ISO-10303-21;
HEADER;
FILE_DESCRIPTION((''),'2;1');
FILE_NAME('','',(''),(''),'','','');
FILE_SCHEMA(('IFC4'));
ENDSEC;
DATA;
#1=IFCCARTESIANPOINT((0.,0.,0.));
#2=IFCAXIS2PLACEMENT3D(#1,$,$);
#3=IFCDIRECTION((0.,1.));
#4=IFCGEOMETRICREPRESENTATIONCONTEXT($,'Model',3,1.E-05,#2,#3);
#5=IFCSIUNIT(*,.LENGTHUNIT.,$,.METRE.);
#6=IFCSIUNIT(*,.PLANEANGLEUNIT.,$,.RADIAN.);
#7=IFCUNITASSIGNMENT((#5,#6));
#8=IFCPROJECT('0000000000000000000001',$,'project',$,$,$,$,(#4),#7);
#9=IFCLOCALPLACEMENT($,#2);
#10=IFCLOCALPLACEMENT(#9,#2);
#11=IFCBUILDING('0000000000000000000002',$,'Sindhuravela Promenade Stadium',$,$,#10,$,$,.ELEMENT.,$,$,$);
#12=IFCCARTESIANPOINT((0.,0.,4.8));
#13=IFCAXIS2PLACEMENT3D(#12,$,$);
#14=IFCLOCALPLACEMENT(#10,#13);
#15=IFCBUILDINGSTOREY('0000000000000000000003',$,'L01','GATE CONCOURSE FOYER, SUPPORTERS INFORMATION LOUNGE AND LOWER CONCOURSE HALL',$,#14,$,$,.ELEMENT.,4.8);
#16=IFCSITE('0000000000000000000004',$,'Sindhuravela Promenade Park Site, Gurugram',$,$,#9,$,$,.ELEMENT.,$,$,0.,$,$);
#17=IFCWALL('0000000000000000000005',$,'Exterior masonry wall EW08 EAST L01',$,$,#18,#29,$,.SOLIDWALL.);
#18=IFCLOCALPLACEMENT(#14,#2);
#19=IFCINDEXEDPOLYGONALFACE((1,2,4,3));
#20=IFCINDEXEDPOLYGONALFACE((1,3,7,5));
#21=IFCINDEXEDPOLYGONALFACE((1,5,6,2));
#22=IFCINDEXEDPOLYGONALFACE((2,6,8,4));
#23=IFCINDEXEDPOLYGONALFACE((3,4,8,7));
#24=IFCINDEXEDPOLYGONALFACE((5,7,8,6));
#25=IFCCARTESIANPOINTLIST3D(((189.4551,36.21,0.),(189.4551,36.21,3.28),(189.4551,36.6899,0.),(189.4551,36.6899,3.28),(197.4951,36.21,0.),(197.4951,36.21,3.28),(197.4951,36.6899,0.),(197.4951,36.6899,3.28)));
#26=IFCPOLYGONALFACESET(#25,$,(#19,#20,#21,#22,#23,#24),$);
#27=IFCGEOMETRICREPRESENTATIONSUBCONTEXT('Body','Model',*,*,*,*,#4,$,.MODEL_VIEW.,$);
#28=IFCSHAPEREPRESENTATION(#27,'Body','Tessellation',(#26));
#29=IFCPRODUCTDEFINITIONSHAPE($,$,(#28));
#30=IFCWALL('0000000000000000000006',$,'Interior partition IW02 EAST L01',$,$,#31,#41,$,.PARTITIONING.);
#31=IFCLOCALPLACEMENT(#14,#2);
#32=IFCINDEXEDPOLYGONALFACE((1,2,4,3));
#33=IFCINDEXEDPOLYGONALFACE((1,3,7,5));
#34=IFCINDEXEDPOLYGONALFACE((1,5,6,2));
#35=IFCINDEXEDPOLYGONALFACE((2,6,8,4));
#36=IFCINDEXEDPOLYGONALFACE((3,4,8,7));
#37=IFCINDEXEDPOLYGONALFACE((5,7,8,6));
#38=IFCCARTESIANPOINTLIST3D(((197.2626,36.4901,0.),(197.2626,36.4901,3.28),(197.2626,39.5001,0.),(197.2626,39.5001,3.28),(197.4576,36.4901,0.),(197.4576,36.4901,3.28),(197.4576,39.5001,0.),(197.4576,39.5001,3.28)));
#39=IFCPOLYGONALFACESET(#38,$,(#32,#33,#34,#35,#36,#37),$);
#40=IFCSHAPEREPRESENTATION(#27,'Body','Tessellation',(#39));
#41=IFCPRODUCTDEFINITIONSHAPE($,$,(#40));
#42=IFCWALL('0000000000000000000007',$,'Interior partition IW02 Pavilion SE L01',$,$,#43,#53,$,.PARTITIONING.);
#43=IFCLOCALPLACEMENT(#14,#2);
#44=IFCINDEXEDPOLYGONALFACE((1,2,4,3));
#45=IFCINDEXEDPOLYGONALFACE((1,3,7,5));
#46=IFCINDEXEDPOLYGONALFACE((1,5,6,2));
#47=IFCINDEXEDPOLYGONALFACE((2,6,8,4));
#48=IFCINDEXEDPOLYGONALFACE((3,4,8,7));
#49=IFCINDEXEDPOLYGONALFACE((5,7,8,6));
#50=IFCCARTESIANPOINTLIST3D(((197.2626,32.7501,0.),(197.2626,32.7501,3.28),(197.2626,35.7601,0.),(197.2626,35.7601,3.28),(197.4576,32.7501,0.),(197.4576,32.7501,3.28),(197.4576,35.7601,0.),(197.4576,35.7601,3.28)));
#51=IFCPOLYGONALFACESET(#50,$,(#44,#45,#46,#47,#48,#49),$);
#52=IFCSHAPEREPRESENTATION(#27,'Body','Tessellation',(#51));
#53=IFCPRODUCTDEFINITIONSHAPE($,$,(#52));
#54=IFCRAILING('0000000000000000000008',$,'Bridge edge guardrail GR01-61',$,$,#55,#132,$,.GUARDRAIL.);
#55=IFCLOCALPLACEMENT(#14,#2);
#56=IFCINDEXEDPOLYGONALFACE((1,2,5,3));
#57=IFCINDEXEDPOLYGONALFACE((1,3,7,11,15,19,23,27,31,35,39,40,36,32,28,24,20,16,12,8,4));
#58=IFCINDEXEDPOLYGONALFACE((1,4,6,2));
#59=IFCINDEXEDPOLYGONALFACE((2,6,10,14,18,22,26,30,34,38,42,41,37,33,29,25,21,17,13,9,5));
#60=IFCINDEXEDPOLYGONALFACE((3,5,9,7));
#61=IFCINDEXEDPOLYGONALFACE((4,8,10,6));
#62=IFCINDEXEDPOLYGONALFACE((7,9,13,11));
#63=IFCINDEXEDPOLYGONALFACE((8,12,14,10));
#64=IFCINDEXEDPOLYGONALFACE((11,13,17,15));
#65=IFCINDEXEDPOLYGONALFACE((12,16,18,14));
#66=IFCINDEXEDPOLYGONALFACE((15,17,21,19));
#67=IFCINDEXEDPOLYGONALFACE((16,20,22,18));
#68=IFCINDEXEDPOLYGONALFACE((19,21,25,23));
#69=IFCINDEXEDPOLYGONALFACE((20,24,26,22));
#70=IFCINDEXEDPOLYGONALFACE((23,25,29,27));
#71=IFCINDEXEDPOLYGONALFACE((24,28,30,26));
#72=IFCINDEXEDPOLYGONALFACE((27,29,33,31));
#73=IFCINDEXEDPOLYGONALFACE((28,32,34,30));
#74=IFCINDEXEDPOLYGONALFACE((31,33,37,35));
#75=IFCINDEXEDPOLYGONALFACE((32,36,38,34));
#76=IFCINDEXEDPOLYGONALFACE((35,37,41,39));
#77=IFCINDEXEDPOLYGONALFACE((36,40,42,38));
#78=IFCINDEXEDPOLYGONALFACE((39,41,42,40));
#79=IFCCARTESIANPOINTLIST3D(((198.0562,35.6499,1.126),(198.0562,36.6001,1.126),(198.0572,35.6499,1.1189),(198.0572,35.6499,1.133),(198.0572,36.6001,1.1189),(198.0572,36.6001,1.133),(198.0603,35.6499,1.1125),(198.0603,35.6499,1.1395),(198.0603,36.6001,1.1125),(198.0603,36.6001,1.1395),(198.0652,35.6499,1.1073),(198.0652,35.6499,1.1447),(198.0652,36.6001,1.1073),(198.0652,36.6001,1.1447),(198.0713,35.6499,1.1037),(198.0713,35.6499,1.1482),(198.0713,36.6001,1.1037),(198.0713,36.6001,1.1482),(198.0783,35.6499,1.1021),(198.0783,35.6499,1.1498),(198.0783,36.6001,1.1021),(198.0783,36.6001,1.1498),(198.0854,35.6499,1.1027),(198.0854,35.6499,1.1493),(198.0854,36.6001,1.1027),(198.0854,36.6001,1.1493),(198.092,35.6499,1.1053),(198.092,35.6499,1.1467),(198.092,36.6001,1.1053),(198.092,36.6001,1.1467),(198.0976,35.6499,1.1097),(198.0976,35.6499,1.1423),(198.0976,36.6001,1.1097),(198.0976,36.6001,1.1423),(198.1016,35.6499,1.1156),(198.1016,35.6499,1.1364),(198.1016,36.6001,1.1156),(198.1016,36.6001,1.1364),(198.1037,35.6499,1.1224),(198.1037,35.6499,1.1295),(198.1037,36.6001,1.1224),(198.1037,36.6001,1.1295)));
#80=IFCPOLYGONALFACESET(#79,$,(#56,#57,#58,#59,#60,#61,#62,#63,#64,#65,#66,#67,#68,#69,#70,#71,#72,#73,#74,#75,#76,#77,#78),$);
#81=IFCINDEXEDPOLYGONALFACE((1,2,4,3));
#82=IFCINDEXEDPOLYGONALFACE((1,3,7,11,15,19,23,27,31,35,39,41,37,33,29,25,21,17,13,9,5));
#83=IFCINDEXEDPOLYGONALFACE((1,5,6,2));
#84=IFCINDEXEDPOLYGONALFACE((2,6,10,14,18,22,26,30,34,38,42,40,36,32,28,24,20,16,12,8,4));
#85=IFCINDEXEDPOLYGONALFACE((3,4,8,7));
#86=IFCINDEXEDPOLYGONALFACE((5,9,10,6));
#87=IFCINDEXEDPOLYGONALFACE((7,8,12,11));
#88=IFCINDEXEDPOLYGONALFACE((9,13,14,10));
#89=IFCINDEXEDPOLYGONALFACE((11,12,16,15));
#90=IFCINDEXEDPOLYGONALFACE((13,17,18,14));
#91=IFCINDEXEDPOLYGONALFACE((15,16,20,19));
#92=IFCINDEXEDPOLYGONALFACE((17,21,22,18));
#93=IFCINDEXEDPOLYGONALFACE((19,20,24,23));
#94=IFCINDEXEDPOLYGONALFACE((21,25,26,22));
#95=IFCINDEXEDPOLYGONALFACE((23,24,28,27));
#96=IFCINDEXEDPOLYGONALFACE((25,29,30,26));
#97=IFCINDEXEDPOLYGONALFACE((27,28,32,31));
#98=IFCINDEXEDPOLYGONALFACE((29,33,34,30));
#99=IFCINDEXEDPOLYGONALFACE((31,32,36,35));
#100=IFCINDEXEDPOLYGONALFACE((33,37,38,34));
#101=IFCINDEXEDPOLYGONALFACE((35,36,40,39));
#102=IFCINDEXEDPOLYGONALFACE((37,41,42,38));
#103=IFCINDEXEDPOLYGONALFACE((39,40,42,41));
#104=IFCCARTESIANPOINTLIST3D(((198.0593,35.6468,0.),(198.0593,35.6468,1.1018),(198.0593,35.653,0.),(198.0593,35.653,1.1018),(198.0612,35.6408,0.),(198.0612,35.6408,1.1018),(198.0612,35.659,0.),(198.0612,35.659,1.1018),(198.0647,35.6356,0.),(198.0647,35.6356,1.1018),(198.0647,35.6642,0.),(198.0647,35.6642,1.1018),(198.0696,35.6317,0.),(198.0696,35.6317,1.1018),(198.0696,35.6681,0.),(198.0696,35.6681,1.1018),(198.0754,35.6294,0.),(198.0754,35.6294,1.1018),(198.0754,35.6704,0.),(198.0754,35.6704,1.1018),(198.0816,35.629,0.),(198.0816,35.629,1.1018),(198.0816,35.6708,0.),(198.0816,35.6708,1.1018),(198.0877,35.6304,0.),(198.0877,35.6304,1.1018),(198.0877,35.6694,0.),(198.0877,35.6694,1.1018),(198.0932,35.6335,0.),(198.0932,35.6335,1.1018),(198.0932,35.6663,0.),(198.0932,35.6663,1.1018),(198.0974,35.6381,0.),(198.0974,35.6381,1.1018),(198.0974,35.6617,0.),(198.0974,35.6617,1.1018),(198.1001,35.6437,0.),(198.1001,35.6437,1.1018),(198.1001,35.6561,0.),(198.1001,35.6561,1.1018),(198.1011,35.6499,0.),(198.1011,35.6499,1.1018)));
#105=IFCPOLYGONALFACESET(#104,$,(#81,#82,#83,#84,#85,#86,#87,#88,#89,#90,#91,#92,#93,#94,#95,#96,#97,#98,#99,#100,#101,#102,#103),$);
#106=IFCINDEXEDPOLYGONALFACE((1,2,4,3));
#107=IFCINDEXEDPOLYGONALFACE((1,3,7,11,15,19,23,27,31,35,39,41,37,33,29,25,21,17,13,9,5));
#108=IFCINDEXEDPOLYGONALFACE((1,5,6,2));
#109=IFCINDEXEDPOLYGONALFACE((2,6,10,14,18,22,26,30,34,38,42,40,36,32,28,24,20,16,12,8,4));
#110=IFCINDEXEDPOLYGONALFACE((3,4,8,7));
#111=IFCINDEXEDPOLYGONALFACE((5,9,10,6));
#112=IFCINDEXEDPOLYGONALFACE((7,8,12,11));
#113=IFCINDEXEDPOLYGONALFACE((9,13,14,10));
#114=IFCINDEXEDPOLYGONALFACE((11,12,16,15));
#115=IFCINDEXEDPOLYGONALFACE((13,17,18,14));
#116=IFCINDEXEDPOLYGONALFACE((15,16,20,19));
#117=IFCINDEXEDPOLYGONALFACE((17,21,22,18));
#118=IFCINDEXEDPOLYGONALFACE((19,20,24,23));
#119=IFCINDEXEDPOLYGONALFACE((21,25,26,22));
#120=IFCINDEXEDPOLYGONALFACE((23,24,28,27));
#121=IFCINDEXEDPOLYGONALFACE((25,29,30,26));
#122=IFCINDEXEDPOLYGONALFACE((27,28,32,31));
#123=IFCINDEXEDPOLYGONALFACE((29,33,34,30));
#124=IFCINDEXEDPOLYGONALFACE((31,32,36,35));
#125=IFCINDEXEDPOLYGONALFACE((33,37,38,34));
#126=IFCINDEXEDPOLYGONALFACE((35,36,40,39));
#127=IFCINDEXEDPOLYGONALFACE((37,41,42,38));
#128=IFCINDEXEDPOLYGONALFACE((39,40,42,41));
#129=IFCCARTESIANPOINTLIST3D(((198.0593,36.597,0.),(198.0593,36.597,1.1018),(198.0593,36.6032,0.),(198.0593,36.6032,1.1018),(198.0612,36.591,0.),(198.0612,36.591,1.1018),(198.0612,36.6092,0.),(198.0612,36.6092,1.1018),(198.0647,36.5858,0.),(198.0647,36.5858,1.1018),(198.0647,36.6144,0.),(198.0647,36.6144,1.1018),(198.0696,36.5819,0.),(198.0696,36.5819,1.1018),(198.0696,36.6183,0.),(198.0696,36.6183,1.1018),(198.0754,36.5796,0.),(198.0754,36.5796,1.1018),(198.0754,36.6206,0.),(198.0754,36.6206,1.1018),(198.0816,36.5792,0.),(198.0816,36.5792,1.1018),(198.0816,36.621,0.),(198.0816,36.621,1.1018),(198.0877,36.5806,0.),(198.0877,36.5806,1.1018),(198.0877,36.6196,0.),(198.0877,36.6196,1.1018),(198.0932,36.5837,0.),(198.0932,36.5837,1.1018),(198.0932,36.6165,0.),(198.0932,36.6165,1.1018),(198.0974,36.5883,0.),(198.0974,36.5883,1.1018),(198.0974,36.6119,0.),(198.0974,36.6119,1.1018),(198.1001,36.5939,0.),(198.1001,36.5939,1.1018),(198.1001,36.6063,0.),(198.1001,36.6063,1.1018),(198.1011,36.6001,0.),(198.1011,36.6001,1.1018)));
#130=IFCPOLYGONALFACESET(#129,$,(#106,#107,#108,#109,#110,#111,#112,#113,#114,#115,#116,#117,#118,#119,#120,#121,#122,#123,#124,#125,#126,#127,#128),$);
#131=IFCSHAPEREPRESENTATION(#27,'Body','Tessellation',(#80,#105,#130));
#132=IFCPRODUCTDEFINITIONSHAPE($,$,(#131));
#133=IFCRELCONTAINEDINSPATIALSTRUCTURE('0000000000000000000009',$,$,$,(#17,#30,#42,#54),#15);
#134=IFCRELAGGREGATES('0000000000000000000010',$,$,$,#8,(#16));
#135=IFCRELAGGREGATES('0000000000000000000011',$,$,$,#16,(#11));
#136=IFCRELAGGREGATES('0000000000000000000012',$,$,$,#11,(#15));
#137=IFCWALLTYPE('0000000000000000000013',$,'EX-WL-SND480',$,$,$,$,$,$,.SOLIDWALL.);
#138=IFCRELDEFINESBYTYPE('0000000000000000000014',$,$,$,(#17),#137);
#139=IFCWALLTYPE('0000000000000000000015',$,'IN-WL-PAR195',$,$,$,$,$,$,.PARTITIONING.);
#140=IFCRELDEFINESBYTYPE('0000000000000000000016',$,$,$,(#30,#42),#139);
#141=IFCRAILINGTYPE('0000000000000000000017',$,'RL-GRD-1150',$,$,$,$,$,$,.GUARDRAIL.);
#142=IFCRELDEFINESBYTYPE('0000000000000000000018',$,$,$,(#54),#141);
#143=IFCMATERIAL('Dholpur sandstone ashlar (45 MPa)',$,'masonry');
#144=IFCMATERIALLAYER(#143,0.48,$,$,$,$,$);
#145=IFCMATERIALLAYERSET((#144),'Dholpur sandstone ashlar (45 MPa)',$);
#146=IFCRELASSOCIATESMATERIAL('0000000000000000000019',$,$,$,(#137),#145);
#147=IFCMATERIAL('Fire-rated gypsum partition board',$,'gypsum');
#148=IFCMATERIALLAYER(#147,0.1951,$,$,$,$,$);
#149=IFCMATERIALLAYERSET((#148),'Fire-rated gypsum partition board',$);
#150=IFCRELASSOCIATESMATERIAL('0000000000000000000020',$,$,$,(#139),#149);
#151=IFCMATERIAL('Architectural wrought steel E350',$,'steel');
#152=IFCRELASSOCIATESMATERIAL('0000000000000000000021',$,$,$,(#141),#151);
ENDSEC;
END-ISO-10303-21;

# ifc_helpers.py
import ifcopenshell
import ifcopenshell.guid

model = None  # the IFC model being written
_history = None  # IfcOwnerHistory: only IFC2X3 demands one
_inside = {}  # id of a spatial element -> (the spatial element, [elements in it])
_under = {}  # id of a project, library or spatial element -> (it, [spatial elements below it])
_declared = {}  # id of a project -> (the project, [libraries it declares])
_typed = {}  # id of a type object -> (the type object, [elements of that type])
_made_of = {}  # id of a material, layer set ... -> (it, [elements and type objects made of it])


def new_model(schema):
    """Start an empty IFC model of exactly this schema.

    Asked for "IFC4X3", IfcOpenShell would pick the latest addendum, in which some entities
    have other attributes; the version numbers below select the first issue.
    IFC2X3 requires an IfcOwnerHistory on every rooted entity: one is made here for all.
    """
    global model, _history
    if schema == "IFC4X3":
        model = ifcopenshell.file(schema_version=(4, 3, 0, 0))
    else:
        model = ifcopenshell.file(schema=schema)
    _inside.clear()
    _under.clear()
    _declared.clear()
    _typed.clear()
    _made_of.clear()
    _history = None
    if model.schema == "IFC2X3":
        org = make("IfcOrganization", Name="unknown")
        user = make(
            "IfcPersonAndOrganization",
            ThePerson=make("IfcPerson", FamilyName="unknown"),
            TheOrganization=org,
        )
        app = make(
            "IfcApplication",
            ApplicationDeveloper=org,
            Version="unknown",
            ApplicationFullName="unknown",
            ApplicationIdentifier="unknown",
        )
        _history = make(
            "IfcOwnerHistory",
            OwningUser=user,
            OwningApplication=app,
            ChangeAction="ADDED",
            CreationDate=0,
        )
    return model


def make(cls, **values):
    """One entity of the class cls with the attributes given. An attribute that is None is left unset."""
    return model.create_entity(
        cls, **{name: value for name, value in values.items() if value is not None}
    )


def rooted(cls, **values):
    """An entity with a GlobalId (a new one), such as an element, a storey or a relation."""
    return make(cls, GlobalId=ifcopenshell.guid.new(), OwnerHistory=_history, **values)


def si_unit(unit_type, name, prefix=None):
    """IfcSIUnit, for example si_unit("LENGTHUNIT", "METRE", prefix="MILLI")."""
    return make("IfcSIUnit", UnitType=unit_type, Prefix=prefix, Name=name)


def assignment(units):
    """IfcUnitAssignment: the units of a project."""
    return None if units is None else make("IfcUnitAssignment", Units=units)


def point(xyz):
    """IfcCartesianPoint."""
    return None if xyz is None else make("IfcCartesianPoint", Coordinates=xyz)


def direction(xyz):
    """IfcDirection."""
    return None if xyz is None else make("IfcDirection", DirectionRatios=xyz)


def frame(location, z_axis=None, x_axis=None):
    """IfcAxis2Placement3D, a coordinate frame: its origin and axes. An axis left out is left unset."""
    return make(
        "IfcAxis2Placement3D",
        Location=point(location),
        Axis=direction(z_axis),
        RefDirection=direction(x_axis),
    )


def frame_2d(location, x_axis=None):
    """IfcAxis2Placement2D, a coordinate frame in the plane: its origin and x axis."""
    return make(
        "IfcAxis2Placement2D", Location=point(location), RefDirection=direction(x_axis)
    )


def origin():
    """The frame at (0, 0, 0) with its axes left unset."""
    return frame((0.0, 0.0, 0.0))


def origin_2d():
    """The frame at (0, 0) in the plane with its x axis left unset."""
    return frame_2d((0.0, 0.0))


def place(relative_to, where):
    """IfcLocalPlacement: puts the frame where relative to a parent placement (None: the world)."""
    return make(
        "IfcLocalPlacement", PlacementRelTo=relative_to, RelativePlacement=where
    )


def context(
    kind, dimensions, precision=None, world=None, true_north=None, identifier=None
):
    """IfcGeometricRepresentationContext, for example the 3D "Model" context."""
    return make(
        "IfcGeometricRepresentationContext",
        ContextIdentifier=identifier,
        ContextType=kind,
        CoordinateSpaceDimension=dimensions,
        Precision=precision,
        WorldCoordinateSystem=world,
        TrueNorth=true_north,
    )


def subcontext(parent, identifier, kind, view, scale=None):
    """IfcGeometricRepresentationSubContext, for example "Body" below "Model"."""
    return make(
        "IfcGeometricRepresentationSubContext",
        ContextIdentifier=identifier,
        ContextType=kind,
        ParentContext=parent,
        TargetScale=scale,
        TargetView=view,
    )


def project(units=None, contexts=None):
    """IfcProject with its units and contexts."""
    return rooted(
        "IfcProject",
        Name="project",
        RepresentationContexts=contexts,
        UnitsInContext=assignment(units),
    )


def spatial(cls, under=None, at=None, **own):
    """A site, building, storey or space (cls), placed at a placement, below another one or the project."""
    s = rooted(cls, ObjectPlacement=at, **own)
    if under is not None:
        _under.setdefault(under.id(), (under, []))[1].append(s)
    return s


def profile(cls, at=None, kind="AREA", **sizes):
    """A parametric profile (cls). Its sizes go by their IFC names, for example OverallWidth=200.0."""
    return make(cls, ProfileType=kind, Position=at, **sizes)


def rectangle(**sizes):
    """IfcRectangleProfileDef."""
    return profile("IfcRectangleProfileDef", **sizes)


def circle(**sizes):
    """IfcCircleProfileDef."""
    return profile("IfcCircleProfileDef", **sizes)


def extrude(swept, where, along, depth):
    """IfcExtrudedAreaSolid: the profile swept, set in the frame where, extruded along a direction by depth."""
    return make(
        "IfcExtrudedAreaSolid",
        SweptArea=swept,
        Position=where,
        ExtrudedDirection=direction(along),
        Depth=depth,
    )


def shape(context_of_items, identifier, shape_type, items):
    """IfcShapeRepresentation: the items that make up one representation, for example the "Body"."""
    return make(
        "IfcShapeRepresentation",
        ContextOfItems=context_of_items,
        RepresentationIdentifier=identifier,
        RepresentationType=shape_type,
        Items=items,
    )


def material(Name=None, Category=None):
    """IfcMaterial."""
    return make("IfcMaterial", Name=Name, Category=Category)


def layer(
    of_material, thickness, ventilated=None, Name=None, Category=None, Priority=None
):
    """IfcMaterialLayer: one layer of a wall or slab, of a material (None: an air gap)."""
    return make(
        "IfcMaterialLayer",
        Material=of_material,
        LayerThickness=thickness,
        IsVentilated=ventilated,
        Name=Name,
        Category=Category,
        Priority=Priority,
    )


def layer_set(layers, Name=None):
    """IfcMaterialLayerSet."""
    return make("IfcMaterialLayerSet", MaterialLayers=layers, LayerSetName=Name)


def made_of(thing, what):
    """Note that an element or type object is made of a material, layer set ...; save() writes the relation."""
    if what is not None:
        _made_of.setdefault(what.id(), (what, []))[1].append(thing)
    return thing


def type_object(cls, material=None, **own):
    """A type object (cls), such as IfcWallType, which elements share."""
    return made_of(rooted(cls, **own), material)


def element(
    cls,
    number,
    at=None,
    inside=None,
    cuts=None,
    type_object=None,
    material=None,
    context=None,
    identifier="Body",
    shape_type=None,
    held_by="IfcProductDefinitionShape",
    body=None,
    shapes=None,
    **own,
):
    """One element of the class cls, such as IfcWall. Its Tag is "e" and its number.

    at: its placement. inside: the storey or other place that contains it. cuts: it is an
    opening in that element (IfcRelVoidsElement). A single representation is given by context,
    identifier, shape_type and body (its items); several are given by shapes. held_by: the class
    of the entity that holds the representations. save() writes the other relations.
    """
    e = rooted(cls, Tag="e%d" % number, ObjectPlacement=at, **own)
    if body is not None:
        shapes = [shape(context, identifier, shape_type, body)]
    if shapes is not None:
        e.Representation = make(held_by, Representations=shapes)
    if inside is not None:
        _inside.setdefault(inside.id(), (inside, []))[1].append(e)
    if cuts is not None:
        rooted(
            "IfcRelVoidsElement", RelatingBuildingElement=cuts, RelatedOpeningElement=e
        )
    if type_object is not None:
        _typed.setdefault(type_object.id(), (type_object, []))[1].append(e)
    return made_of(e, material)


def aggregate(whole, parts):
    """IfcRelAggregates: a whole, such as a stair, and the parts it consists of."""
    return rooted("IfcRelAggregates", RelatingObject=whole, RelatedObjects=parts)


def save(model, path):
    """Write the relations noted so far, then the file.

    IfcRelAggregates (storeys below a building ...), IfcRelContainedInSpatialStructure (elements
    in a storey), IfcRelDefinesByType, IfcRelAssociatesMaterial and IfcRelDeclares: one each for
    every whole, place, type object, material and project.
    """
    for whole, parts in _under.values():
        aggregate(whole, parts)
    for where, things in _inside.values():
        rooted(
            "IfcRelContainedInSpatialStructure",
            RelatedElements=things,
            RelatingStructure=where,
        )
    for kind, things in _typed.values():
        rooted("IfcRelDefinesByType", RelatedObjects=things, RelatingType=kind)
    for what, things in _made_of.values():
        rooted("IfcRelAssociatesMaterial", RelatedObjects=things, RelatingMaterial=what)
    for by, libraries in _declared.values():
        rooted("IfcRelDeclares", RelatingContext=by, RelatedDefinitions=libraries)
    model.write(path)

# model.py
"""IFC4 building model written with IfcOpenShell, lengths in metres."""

from ifc_helpers import new_model, si_unit, direction, frame, frame_2d, origin, origin_2d, place, context, subcontext, project, spatial, rectangle, circle, extrude, material, layer, layer_set, type_object, element, save


model = new_model("IFC4")

# Units and contexts
model_context = context("Model", 3, precision=1e-05, world=origin(), true_north=direction((0.0, 1.0)))
body_context = subcontext(model_context, "Body", "Model", "MODEL_VIEW")
ifc_project = project(units=[si_unit("LENGTHUNIT", "METRE"), si_unit("PLANEANGLEUNIT", "RADIAN")], contexts=[model_context])

# Site, building, storey
site_placement = place(None, origin())
site = spatial("IfcSite", under=ifc_project, at=site_placement, Name="Sindhuravela Promenade Park Site, Gurugram", CompositionType="ELEMENT", RefElevation=0.0)
building_placement = place(site_placement, origin())
building = spatial("IfcBuilding", under=site, at=building_placement, Name="Sindhuravela Promenade Stadium", CompositionType="ELEMENT")
storey_placement = place(building_placement, frame((0.0, 0.0, 4.8)))
storey = spatial("IfcBuildingStorey", under=building, at=storey_placement, Name="L01", Description="GATE CONCOURSE FOYER, SUPPORTERS INFORMATION LOUNGE AND LOWER CONCOURSE HALL", CompositionType="ELEMENT", Elevation=4.8)

# Walls
ifc_material_1 = material(Name="Dholpur sandstone ashlar (45 MPa)", Category="masonry")
ifc_layer_1 = layer(ifc_material_1, 0.48)
ifc_layer_set_1 = layer_set([ifc_layer_1], Name="Dholpur sandstone ashlar (45 MPa)")
wall_type_1 = type_object("IfcWallType", Name="EX-WL-SND480", PredefinedType="SOLIDWALL", material=ifc_layer_set_1)
wall_1_placement = place(storey_placement, frame((197.4951, 36.45, 0.0), z_axis=(0.0, 0.0, 1.0), x_axis=(-1.0, 0.0, 0.0)))
element("IfcWall", 1, at=wall_1_placement, inside=storey, type_object=wall_type_1, Name="Exterior masonry wall EW08 EAST L01", PredefinedType="SOLIDWALL", context=body_context, shape_type="SweptSolid", body=[
    extrude(rectangle(XDim=8.04, YDim=0.48, at=frame_2d((4.02, 0.0))), origin(), (0.0, 0.0, 1.0), 3.28),
])
ifc_material_2 = material(Name="Fire-rated gypsum partition board", Category="gypsum")
ifc_layer_2 = layer(ifc_material_2, 0.1951)
ifc_layer_set_2 = layer_set([ifc_layer_2], Name="Fire-rated gypsum partition board")
wall_type_2 = type_object("IfcWallType", Name="IN-WL-PAR195", PredefinedType="PARTITIONING", material=ifc_layer_set_2)
for number, where, z_axis, x_axis, name in (
    (2, (197.3601, 39.5, 0.0), (0.0, 0.0, 1.0), (0.0, -1.0, 0.0), "Interior partition IW02 EAST L01"),
    (3, (197.3601, 35.76, 0.0), (0.0, 0.0, 1.0), (0.0, -1.0, 0.0), "Interior partition IW02 Pavilion SE L01"),
):
    element("IfcWall", number, at=place(storey_placement, frame(where, z_axis=z_axis, x_axis=x_axis)), inside=storey, type_object=wall_type_2, Name=name, PredefinedType="PARTITIONING", context=body_context, shape_type="SweptSolid", body=[
        extrude(rectangle(XDim=3.01, YDim=0.1951, at=frame_2d((1.5049, 0.0))), origin(), (0.0, 0.0, 1.0), 3.28),
    ])

# Railing
ifc_material_3 = material(Name="Architectural wrought steel E350", Category="steel")
railing_type = type_object("IfcRailingType", Name="RL-GRD-1150", PredefinedType="GUARDRAIL", material=ifc_material_3)
railing_placement = place(storey_placement, frame((198.0801, 35.6499, 0.0)))
element("IfcRailing", 4, at=railing_placement, inside=storey, type_object=railing_type, Name="Bridge edge guardrail GR01-61", PredefinedType="GUARDRAIL", context=body_context, shape_type="SweptSolid", body=[
    extrude(circle(Radius=0.0239, at=origin_2d()), frame((0.0, 0.0, 1.126), z_axis=(0.0, 1.0, 0.0), x_axis=(-1.0, 0.0, 0.0)), (0.0, 0.0, 1.0), 0.9502),
    extrude(circle(Radius=0.021, at=origin_2d()), origin(), (0.0, 0.0, 1.0), 1.1018),
    extrude(circle(Radius=0.021, at=origin_2d()), frame((0.0, 0.9502, 0.0)), (0.0, 0.0, 1.0), 1.1018),
])

save(model, "model.ifc")
